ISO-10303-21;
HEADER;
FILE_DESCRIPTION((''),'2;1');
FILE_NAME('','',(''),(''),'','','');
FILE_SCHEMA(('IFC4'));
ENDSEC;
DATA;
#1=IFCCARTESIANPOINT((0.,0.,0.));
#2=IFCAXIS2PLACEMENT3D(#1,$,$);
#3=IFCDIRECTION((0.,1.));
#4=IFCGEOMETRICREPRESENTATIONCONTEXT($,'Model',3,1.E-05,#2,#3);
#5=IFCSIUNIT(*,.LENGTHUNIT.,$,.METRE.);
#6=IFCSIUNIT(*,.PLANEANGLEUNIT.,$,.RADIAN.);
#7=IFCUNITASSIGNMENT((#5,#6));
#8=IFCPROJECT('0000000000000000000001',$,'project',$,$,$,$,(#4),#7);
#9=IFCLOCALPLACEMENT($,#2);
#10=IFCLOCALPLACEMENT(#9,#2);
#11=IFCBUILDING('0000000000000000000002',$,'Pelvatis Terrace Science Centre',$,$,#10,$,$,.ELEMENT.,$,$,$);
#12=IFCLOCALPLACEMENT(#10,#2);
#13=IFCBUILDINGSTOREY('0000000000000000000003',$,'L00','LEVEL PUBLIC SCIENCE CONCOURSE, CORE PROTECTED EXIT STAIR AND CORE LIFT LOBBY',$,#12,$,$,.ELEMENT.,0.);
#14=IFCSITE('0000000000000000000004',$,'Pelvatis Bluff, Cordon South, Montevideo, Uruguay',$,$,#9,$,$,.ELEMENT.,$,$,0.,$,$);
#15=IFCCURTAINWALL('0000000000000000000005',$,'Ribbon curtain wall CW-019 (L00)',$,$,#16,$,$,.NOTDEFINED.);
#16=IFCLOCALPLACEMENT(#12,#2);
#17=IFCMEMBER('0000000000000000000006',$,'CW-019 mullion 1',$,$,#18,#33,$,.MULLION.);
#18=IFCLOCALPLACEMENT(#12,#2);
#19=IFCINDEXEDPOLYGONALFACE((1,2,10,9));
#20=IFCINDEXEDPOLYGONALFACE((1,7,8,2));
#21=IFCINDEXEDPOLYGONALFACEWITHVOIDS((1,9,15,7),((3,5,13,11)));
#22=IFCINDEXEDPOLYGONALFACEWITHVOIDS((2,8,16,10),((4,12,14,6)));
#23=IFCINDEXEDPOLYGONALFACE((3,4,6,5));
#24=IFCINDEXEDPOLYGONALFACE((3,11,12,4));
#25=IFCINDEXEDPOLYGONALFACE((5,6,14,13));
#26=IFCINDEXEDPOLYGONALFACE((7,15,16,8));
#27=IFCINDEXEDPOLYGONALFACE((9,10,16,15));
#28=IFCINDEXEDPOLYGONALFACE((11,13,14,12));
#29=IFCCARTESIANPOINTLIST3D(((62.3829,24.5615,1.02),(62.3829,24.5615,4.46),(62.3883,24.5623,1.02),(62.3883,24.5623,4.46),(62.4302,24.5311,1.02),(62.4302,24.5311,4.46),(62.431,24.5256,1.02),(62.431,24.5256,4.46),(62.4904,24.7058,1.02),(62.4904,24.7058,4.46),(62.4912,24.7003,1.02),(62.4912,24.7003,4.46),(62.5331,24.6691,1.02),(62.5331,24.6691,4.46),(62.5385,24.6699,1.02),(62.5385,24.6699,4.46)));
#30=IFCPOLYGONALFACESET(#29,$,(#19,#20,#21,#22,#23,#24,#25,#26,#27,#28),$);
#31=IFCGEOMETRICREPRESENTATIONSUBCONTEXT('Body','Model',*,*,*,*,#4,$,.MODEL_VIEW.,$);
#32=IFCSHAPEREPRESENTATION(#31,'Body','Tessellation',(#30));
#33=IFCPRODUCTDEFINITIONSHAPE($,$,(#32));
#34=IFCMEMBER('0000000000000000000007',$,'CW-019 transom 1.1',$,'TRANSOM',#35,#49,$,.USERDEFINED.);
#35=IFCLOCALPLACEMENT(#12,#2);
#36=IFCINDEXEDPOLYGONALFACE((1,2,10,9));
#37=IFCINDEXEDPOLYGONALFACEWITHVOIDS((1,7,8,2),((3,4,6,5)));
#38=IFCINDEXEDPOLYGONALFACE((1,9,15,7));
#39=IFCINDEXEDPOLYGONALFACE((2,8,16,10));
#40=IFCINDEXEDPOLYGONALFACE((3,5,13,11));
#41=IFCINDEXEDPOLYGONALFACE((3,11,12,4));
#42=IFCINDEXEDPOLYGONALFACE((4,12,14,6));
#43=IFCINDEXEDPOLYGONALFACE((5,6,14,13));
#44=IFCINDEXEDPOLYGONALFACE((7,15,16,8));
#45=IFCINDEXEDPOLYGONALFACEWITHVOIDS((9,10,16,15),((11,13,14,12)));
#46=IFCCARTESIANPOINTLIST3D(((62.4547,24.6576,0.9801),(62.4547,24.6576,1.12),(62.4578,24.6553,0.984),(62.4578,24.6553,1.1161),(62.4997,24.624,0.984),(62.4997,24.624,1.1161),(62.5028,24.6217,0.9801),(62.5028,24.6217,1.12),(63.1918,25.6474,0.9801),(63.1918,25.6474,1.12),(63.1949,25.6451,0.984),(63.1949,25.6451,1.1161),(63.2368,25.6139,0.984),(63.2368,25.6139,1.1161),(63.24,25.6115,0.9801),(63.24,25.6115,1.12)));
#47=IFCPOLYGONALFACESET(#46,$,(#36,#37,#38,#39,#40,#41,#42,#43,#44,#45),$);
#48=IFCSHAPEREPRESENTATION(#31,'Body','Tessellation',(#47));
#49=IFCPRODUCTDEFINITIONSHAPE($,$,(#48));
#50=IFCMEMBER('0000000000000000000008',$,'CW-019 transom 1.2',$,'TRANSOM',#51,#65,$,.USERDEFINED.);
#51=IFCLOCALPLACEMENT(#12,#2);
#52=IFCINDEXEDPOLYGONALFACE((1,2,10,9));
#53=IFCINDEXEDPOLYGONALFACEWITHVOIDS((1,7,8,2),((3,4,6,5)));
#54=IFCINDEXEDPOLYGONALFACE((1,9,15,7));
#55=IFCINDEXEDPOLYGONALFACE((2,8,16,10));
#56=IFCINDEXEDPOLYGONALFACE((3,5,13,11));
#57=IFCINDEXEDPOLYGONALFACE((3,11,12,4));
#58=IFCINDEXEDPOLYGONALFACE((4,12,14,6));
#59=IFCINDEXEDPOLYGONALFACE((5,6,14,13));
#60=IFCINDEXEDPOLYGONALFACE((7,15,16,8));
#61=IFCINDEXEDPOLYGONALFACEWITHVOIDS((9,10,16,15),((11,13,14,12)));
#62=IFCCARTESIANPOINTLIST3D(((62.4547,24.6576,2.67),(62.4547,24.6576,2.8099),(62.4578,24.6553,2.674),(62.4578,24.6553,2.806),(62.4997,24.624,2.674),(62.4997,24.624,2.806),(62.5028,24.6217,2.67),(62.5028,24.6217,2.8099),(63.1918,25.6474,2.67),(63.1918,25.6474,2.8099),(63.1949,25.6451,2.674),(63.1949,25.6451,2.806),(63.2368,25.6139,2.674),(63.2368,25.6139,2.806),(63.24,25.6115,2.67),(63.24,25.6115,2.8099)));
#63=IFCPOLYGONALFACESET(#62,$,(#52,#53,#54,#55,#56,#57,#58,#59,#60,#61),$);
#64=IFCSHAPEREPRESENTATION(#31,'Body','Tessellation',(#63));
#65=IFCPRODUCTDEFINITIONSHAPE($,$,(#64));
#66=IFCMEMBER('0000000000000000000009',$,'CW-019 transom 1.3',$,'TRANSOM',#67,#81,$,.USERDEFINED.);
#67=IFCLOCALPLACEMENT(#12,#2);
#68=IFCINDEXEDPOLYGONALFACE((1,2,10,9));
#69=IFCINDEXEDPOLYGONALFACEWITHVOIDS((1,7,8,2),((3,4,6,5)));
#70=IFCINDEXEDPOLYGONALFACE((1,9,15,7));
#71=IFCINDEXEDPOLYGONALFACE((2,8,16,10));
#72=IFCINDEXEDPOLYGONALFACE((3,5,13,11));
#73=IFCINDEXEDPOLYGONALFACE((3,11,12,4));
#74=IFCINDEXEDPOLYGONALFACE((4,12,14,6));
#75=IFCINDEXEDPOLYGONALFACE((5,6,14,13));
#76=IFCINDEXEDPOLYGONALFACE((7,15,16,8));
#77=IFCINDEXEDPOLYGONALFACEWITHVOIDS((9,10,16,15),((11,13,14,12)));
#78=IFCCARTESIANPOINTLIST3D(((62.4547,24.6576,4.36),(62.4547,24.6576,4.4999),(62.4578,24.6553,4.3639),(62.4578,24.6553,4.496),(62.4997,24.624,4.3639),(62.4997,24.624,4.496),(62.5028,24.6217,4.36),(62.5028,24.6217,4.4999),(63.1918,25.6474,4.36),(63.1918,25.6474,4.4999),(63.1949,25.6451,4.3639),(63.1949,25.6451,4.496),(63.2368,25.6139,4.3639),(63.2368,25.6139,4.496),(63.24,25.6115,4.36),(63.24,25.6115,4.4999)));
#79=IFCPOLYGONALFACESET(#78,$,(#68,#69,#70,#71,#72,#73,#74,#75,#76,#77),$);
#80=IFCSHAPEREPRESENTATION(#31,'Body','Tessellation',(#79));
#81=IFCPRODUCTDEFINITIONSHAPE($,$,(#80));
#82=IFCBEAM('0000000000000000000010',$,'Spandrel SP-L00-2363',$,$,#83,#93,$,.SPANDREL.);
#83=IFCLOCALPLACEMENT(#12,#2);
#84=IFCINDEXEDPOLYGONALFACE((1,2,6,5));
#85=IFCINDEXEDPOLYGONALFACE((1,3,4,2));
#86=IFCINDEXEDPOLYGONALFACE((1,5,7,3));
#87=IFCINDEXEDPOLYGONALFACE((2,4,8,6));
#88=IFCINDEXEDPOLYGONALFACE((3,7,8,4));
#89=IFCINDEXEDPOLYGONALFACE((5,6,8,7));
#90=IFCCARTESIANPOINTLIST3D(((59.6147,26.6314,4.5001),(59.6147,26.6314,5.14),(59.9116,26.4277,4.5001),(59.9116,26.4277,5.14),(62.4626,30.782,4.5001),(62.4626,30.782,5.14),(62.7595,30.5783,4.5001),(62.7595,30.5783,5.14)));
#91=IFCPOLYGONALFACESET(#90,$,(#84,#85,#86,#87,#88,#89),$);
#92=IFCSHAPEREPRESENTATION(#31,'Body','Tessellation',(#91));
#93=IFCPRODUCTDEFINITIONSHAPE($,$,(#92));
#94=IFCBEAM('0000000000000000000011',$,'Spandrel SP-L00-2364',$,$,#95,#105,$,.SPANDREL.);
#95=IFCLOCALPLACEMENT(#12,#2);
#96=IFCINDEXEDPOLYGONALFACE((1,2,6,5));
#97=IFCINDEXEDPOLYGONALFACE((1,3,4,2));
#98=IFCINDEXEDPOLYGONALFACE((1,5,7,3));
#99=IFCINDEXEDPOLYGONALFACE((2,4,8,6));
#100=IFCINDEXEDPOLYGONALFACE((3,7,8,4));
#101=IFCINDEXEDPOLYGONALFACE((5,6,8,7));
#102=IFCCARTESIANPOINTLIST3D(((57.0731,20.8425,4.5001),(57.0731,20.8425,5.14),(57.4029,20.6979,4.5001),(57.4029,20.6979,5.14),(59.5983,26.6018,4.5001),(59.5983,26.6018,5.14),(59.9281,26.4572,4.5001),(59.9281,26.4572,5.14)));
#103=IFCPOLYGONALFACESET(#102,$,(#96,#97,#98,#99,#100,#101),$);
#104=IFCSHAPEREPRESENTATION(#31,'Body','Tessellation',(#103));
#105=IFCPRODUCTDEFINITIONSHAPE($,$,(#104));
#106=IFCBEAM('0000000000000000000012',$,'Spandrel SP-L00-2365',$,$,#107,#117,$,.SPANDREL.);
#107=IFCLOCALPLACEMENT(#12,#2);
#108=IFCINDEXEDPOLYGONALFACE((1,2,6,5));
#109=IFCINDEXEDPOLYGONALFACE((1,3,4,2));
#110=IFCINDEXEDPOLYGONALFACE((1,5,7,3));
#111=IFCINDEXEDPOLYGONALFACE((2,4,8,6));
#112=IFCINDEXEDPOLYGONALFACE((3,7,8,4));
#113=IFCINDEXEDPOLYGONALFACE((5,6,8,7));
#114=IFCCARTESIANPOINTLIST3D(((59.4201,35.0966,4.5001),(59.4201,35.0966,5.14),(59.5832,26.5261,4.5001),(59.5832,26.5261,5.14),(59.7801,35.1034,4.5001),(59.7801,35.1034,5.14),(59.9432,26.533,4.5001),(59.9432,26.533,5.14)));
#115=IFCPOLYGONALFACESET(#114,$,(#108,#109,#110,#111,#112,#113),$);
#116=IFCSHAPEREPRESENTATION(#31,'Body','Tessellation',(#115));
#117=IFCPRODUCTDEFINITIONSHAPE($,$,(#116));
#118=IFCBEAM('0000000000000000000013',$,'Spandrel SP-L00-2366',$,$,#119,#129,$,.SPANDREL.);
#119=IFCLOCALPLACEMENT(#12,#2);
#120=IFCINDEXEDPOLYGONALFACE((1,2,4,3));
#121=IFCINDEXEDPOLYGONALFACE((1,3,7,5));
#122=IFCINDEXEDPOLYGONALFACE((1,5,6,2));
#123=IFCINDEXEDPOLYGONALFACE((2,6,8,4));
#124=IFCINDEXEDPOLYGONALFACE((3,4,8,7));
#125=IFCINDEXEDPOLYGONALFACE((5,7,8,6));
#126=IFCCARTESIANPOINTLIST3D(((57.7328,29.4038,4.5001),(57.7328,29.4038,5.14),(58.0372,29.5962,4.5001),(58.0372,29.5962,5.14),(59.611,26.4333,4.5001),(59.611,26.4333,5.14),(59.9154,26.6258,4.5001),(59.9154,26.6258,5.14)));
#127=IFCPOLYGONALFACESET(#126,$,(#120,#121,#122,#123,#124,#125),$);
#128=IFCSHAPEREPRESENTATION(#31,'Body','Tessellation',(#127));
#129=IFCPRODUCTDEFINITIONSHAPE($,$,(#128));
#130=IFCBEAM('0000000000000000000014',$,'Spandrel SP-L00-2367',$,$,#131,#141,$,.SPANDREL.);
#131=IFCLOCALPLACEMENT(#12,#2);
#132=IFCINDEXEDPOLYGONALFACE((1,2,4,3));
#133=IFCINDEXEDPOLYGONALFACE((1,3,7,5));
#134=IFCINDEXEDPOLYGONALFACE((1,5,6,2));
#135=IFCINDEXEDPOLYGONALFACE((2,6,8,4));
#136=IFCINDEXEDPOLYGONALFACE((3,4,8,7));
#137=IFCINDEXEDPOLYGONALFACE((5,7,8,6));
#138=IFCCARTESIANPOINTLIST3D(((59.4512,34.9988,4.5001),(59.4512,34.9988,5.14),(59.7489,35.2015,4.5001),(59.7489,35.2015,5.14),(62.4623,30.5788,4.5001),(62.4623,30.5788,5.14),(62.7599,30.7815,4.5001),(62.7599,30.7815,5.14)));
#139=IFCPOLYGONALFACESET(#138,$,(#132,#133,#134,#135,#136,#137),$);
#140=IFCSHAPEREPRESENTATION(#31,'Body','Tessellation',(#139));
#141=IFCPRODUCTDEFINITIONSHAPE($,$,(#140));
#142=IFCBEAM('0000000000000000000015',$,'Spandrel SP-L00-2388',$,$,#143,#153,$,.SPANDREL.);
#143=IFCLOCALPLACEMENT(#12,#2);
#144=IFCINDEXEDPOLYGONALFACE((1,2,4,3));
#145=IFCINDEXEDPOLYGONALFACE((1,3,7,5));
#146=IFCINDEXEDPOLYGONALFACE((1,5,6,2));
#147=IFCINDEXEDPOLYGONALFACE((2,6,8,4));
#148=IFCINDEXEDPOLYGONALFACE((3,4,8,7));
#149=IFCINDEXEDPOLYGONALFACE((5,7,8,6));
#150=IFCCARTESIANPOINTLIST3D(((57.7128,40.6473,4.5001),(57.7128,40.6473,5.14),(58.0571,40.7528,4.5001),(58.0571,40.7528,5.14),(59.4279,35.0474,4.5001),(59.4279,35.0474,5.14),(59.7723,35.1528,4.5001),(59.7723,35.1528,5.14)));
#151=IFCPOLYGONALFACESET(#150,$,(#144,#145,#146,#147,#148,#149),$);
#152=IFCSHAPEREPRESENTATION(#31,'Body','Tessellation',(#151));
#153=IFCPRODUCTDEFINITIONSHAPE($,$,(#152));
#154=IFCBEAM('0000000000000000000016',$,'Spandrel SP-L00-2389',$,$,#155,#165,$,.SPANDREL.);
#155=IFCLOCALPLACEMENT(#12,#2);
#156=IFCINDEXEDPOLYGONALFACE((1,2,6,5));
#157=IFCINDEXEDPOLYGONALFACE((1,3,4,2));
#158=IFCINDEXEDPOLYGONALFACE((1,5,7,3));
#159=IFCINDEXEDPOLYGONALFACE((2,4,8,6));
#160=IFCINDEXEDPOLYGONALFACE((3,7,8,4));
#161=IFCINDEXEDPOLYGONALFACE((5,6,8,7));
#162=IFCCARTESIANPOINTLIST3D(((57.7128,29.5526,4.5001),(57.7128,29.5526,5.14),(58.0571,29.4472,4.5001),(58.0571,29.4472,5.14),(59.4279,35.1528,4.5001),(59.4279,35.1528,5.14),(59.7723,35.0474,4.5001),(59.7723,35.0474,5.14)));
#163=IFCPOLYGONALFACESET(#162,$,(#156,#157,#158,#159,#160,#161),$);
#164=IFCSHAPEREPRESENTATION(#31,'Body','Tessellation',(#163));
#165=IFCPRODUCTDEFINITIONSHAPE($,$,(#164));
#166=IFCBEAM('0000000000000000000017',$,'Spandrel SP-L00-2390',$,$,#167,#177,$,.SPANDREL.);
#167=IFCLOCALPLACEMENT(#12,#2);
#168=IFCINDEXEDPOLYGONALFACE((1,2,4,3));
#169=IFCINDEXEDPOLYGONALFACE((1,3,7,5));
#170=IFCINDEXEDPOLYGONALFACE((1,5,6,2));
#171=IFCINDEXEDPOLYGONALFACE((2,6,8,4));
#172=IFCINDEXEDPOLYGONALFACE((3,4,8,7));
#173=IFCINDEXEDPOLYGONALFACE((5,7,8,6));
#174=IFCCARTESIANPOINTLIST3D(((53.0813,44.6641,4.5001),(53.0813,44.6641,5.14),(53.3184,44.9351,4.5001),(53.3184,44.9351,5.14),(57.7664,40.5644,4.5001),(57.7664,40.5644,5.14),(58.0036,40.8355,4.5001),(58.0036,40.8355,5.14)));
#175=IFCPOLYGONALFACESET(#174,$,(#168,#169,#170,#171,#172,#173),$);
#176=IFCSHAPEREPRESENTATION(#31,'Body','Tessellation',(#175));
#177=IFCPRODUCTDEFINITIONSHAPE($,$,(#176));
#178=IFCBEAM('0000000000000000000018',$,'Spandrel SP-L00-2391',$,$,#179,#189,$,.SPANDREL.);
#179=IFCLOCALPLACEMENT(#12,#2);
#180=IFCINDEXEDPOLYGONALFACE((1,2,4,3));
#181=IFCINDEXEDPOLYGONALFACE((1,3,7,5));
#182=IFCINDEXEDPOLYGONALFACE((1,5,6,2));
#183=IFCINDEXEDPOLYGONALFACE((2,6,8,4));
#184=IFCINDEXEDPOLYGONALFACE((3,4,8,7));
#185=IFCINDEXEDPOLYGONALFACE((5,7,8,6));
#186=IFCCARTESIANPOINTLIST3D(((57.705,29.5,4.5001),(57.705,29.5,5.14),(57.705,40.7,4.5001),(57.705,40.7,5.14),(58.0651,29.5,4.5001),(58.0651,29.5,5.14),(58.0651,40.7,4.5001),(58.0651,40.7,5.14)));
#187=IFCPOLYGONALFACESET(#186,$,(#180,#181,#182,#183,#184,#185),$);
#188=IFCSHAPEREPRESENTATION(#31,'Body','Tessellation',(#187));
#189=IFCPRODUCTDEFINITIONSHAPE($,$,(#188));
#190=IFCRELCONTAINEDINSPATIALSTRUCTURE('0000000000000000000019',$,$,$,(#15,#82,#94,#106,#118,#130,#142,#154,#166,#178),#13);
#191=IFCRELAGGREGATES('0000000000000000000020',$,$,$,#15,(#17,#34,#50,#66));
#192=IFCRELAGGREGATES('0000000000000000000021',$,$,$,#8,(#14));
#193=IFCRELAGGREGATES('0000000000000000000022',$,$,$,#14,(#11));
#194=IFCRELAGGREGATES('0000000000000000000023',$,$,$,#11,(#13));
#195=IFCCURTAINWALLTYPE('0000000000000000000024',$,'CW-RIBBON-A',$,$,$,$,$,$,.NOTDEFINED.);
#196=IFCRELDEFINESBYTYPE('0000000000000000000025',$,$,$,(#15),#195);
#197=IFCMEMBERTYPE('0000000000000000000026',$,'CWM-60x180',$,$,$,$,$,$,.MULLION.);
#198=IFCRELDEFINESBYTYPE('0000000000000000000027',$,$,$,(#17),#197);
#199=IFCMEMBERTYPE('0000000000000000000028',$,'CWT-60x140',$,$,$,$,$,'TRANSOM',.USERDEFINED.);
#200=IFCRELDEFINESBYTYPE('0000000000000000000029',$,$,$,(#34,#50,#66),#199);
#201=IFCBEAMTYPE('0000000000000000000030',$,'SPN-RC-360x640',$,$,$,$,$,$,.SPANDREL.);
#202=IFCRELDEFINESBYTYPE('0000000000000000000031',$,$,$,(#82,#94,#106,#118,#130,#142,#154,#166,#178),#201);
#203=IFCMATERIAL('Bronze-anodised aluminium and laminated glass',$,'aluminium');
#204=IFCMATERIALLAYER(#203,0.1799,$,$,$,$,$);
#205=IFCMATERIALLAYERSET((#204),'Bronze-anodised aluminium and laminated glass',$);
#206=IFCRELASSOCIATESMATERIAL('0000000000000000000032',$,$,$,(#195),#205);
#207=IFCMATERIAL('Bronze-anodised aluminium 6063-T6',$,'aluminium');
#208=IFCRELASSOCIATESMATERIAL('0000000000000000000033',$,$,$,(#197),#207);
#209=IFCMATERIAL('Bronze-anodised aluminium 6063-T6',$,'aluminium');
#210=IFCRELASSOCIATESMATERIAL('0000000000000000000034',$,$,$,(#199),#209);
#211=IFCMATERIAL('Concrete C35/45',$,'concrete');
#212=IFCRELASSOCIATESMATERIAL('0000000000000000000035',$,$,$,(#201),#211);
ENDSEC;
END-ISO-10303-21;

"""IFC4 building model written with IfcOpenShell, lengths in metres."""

from ifc_helpers import new_model, si_unit, direction, frame, origin, origin_2d, place, context, subcontext, project, spatial, rectangle, hollow_rectangle, extrude, material, layer, layer_set, material_profile, profile_set, type_object, element, aggregate, save


model = new_model("IFC4")

# Units and contexts
model_context = context("Model", 3, precision=1e-05, world=origin(), true_north=direction((0.0, 1.0)))
body_context = subcontext(model_context, "Body", "Model", "MODEL_VIEW")
ifc_project = project(units=[si_unit("LENGTHUNIT", "METRE"), si_unit("PLANEANGLEUNIT", "RADIAN")], contexts=[model_context])

# Site, building, storey
site_placement = place(None, origin())
site = spatial("IfcSite", under=ifc_project, at=site_placement, Name="Pelvatis Bluff, Cordon South, Montevideo, Uruguay", CompositionType="ELEMENT", RefElevation=0.0)
building_placement = place(site_placement, origin())
building = spatial("IfcBuilding", under=site, at=building_placement, Name="Pelvatis Terrace Science Centre", CompositionType="ELEMENT")
storey_placement = place(building_placement, origin())
storey = spatial("IfcBuildingStorey", under=building, at=storey_placement, Name="L00", Description="LEVEL PUBLIC SCIENCE CONCOURSE, CORE PROTECTED EXIT STAIR AND CORE LIFT LOBBY", CompositionType="ELEMENT", Elevation=0.0)

# Curtain wall, members
ifc_material_1 = material(Name="Bronze-anodised aluminium and laminated glass", Category="aluminium")
ifc_layer_1 = layer(ifc_material_1, 0.1799)
ifc_layer_set_1 = layer_set([ifc_layer_1], Name="Bronze-anodised aluminium and laminated glass")
curtain_wall_type = type_object("IfcCurtainWallType", Name="CW-RIBBON-A", PredefinedType="NOTDEFINED", material=ifc_layer_set_1)
curtain_wall_placement = place(storey_placement, origin())
curtain_wall = element("IfcCurtainWall", 1, at=curtain_wall_placement, inside=storey, type_object=curtain_wall_type, Name="Ribbon curtain wall CW-019 (L00)", PredefinedType="NOTDEFINED")
ifc_material_2 = material(Name="Bronze-anodised aluminium 6063-T6", Category="aluminium")
ifc_material_profile_1 = material_profile(ifc_material_2, hollow_rectangle(XDim=0.0601, YDim=0.1799, WallThickness=0.0039, at=origin_2d()), Name="ALU-MUL 60x180")
ifc_profile_set_1 = profile_set([ifc_material_profile_1], Name="Bronze-anodised aluminium 6063-T6")
member_type_1 = type_object("IfcMemberType", Name="CWM-60x180", PredefinedType="MULLION", material=ifc_profile_set_1)
member_1_placement = place(storey_placement, frame((62.4607, 24.6157, 1.02), z_axis=(0.0, 0.0, 1.0), x_axis=(-0.801976, 0.597357, 0.0)))
member_1 = element("IfcMember", 2, at=member_1_placement, type_object=member_type_1, Name="CW-019 mullion 1", PredefinedType="MULLION", context=body_context, shape_type="SweptSolid", body=[
    extrude(hollow_rectangle(XDim=0.0601, YDim=0.1799, WallThickness=0.0039, at=origin_2d()), origin(), (0.0, 0.0, 1.0), 3.4399),
])
ifc_material_3 = material(Name="Bronze-anodised aluminium 6063-T6", Category="aluminium")
ifc_material_profile_2 = material_profile(ifc_material_3, hollow_rectangle(XDim=0.0601, YDim=0.1399, WallThickness=0.0039, at=origin_2d()), Name="ALU-TRN 60x140")
ifc_profile_set_2 = profile_set([ifc_material_profile_2], Name="Bronze-anodised aluminium 6063-T6")
member_type_2 = type_object("IfcMemberType", Name="CWT-60x140", ElementType="TRANSOM", PredefinedType="USERDEFINED", material=ifc_profile_set_2)
member_2_placement = place(storey_placement, frame((62.4788, 24.6396, 1.05), z_axis=(0.597274, 0.802037, 0.0), x_axis=(-0.802037, 0.597274, 0.0)))
member_2 = element("IfcMember", 3, at=member_2_placement, type_object=member_type_2, Name="CW-019 transom 1.1", ObjectType="TRANSOM", PredefinedType="USERDEFINED", context=body_context, shape_type="SweptSolid", body=[
    extrude(hollow_rectangle(XDim=0.0601, YDim=0.1399, WallThickness=0.0039, at=origin_2d()), origin(), (0.0, 0.0, 1.0), 1.2341),
])
member_3_placement = place(storey_placement, frame((62.4788, 24.6396, 2.74), z_axis=(0.597274, 0.802037, 0.0), x_axis=(-0.802037, 0.597274, 0.0)))
member_3 = element("IfcMember", 4, at=member_3_placement, type_object=member_type_2, Name="CW-019 transom 1.2", ObjectType="TRANSOM", PredefinedType="USERDEFINED", context=body_context, shape_type="SweptSolid", body=[
    extrude(hollow_rectangle(XDim=0.0601, YDim=0.1399, WallThickness=0.0039, at=origin_2d()), origin(), (0.0, 0.0, 1.0), 1.2341),
])
member_4_placement = place(storey_placement, frame((62.4788, 24.6396, 4.4299), z_axis=(0.597274, 0.802037, 0.0), x_axis=(-0.802037, 0.597274, 0.0)))
member_4 = element("IfcMember", 5, at=member_4_placement, type_object=member_type_2, Name="CW-019 transom 1.3", ObjectType="TRANSOM", PredefinedType="USERDEFINED", context=body_context, shape_type="SweptSolid", body=[
    extrude(hollow_rectangle(XDim=0.0601, YDim=0.1399, WallThickness=0.0039, at=origin_2d()), origin(), (0.0, 0.0, 1.0), 1.2341),
])
aggregate(curtain_wall, [member_1, member_2, member_3, member_4])

# Beams
ifc_material_4 = material(Name="Concrete C35/45", Category="concrete")
ifc_material_profile_3 = material_profile(ifc_material_4, rectangle(XDim=0.3601, YDim=0.6399, at=origin_2d()), Name="RC-SPN 360x640")
ifc_profile_set_3 = profile_set([ifc_material_profile_3], Name="Concrete C35/45")
beam_type = type_object("IfcBeamType", Name="SPN-RC-360x640", PredefinedType="SPANDREL", material=ifc_profile_set_3)
beam_1_placement = place(storey_placement, frame((59.7632, 26.5295, 4.8201), z_axis=(0.565765, 0.824567, 0.0), x_axis=(-0.824567, 0.565765, 0.0)))
element("IfcBeam", 6, at=beam_1_placement, inside=storey, type_object=beam_type, Name="Spandrel SP-L00-2363", PredefinedType="SPANDREL", context=body_context, shape_type="SweptSolid", body=[
    extrude(rectangle(XDim=0.3601, YDim=0.6399, at=origin_2d()), origin(), (0.0, 0.0, 1.0), 5.0337),
])
beam_2_placement = place(storey_placement, frame((59.7632, 26.5295, 4.8201), z_axis=(-0.401548, -0.915838, 0.0), x_axis=(0.915838, -0.401548, 0.0)))
element("IfcBeam", 7, at=beam_2_placement, inside=storey, type_object=beam_type, Name="Spandrel SP-L00-2364", PredefinedType="SPANDREL", context=body_context, shape_type="SweptSolid", body=[
    extrude(rectangle(XDim=0.3601, YDim=0.6399, at=origin_2d()), origin(), (0.0, 0.0, 1.0), 6.2886),
])
beam_3_placement = place(storey_placement, frame((59.7632, 26.5295, 4.8201), z_axis=(-0.019025, 0.999819, 0.0), x_axis=(-0.999819, -0.019025, 0.0)))
element("IfcBeam", 8, at=beam_3_placement, inside=storey, type_object=beam_type, Name="Spandrel SP-L00-2365", PredefinedType="SPANDREL", context=body_context, shape_type="SweptSolid", body=[
    extrude(rectangle(XDim=0.3601, YDim=0.6399, at=origin_2d()), origin(), (0.0, 0.0, 1.0), 8.572),
])
beam_4_placement = place(storey_placement, frame((59.7632, 26.5295, 4.8201), z_axis=(-0.534419, 0.84522, 0.0), x_axis=(-0.84522, -0.534419, 0.0)))
element("IfcBeam", 9, at=beam_4_placement, inside=storey, type_object=beam_type, Name="Spandrel SP-L00-2366", PredefinedType="SPANDREL", context=body_context, shape_type="SweptSolid", body=[
    extrude(rectangle(XDim=0.3601, YDim=0.6399, at=origin_2d()), origin(), (0.0, 0.0, 1.0), 3.5144),
])
beam_5_placement = place(storey_placement, frame((62.6111, 30.6802, 4.8201), z_axis=(-0.563005, 0.826453, 0.0), x_axis=(-0.826453, -0.563005, 0.0)))
element("IfcBeam", 10, at=beam_5_placement, inside=storey, type_object=beam_type, Name="Spandrel SP-L00-2367", PredefinedType="SPANDREL", context=body_context, shape_type="SweptSolid", body=[
    extrude(rectangle(XDim=0.3601, YDim=0.6399, at=origin_2d()), origin(), (0.0, 0.0, 1.0), 5.3481),
])
beam_6_placement = place(storey_placement, frame((59.6001, 35.1001, 4.8201), z_axis=(-0.292847, 0.956159, 0.0), x_axis=(-0.956159, -0.292847, 0.0)))
element("IfcBeam", 11, at=beam_6_placement, inside=storey, type_object=beam_type, Name="Spandrel SP-L00-2388", PredefinedType="SPANDREL", context=body_context, shape_type="SweptSolid", body=[
    extrude(rectangle(XDim=0.3601, YDim=0.6399, at=origin_2d()), origin(), (0.0, 0.0, 1.0), 5.8567),
])
beam_7_placement = place(storey_placement, frame((59.6001, 35.1001, 4.8201), z_axis=(-0.292835, -0.956163, 0.0), x_axis=(0.956163, -0.292835, 0.0)))
element("IfcBeam", 12, at=beam_7_placement, inside=storey, type_object=beam_type, Name="Spandrel SP-L00-2389", PredefinedType="SPANDREL", context=body_context, shape_type="SweptSolid", body=[
    extrude(rectangle(XDim=0.3601, YDim=0.6399, at=origin_2d()), origin(), (0.0, 0.0, 1.0), 5.8569),
])
beam_8_placement = place(storey_placement, frame((57.885, 40.7, 4.8201), z_axis=(-0.752562, 0.658521, 0.0), x_axis=(-0.658521, -0.752562, 0.0)))
element("IfcBeam", 13, at=beam_8_placement, inside=storey, type_object=beam_type, Name="Spandrel SP-L00-2390", PredefinedType="SPANDREL", context=body_context, shape_type="SweptSolid", body=[
    extrude(rectangle(XDim=0.3601, YDim=0.6399, at=origin_2d()), origin(), (0.0, 0.0, 1.0), 6.2256),
])
beam_9_placement = place(storey_placement, frame((57.885, 40.7, 4.8201), z_axis=(0.0, -1.0, 0.0), x_axis=(1.0, 0.0, 0.0)))
element("IfcBeam", 14, at=beam_9_placement, inside=storey, type_object=beam_type, Name="Spandrel SP-L00-2391", PredefinedType="SPANDREL", context=body_context, shape_type="SweptSolid", body=[
    extrude(rectangle(XDim=0.3601, YDim=0.6399, at=origin_2d()), origin(), (0.0, 0.0, 1.0), 11.2),
])

save(model, "model.ifc")
